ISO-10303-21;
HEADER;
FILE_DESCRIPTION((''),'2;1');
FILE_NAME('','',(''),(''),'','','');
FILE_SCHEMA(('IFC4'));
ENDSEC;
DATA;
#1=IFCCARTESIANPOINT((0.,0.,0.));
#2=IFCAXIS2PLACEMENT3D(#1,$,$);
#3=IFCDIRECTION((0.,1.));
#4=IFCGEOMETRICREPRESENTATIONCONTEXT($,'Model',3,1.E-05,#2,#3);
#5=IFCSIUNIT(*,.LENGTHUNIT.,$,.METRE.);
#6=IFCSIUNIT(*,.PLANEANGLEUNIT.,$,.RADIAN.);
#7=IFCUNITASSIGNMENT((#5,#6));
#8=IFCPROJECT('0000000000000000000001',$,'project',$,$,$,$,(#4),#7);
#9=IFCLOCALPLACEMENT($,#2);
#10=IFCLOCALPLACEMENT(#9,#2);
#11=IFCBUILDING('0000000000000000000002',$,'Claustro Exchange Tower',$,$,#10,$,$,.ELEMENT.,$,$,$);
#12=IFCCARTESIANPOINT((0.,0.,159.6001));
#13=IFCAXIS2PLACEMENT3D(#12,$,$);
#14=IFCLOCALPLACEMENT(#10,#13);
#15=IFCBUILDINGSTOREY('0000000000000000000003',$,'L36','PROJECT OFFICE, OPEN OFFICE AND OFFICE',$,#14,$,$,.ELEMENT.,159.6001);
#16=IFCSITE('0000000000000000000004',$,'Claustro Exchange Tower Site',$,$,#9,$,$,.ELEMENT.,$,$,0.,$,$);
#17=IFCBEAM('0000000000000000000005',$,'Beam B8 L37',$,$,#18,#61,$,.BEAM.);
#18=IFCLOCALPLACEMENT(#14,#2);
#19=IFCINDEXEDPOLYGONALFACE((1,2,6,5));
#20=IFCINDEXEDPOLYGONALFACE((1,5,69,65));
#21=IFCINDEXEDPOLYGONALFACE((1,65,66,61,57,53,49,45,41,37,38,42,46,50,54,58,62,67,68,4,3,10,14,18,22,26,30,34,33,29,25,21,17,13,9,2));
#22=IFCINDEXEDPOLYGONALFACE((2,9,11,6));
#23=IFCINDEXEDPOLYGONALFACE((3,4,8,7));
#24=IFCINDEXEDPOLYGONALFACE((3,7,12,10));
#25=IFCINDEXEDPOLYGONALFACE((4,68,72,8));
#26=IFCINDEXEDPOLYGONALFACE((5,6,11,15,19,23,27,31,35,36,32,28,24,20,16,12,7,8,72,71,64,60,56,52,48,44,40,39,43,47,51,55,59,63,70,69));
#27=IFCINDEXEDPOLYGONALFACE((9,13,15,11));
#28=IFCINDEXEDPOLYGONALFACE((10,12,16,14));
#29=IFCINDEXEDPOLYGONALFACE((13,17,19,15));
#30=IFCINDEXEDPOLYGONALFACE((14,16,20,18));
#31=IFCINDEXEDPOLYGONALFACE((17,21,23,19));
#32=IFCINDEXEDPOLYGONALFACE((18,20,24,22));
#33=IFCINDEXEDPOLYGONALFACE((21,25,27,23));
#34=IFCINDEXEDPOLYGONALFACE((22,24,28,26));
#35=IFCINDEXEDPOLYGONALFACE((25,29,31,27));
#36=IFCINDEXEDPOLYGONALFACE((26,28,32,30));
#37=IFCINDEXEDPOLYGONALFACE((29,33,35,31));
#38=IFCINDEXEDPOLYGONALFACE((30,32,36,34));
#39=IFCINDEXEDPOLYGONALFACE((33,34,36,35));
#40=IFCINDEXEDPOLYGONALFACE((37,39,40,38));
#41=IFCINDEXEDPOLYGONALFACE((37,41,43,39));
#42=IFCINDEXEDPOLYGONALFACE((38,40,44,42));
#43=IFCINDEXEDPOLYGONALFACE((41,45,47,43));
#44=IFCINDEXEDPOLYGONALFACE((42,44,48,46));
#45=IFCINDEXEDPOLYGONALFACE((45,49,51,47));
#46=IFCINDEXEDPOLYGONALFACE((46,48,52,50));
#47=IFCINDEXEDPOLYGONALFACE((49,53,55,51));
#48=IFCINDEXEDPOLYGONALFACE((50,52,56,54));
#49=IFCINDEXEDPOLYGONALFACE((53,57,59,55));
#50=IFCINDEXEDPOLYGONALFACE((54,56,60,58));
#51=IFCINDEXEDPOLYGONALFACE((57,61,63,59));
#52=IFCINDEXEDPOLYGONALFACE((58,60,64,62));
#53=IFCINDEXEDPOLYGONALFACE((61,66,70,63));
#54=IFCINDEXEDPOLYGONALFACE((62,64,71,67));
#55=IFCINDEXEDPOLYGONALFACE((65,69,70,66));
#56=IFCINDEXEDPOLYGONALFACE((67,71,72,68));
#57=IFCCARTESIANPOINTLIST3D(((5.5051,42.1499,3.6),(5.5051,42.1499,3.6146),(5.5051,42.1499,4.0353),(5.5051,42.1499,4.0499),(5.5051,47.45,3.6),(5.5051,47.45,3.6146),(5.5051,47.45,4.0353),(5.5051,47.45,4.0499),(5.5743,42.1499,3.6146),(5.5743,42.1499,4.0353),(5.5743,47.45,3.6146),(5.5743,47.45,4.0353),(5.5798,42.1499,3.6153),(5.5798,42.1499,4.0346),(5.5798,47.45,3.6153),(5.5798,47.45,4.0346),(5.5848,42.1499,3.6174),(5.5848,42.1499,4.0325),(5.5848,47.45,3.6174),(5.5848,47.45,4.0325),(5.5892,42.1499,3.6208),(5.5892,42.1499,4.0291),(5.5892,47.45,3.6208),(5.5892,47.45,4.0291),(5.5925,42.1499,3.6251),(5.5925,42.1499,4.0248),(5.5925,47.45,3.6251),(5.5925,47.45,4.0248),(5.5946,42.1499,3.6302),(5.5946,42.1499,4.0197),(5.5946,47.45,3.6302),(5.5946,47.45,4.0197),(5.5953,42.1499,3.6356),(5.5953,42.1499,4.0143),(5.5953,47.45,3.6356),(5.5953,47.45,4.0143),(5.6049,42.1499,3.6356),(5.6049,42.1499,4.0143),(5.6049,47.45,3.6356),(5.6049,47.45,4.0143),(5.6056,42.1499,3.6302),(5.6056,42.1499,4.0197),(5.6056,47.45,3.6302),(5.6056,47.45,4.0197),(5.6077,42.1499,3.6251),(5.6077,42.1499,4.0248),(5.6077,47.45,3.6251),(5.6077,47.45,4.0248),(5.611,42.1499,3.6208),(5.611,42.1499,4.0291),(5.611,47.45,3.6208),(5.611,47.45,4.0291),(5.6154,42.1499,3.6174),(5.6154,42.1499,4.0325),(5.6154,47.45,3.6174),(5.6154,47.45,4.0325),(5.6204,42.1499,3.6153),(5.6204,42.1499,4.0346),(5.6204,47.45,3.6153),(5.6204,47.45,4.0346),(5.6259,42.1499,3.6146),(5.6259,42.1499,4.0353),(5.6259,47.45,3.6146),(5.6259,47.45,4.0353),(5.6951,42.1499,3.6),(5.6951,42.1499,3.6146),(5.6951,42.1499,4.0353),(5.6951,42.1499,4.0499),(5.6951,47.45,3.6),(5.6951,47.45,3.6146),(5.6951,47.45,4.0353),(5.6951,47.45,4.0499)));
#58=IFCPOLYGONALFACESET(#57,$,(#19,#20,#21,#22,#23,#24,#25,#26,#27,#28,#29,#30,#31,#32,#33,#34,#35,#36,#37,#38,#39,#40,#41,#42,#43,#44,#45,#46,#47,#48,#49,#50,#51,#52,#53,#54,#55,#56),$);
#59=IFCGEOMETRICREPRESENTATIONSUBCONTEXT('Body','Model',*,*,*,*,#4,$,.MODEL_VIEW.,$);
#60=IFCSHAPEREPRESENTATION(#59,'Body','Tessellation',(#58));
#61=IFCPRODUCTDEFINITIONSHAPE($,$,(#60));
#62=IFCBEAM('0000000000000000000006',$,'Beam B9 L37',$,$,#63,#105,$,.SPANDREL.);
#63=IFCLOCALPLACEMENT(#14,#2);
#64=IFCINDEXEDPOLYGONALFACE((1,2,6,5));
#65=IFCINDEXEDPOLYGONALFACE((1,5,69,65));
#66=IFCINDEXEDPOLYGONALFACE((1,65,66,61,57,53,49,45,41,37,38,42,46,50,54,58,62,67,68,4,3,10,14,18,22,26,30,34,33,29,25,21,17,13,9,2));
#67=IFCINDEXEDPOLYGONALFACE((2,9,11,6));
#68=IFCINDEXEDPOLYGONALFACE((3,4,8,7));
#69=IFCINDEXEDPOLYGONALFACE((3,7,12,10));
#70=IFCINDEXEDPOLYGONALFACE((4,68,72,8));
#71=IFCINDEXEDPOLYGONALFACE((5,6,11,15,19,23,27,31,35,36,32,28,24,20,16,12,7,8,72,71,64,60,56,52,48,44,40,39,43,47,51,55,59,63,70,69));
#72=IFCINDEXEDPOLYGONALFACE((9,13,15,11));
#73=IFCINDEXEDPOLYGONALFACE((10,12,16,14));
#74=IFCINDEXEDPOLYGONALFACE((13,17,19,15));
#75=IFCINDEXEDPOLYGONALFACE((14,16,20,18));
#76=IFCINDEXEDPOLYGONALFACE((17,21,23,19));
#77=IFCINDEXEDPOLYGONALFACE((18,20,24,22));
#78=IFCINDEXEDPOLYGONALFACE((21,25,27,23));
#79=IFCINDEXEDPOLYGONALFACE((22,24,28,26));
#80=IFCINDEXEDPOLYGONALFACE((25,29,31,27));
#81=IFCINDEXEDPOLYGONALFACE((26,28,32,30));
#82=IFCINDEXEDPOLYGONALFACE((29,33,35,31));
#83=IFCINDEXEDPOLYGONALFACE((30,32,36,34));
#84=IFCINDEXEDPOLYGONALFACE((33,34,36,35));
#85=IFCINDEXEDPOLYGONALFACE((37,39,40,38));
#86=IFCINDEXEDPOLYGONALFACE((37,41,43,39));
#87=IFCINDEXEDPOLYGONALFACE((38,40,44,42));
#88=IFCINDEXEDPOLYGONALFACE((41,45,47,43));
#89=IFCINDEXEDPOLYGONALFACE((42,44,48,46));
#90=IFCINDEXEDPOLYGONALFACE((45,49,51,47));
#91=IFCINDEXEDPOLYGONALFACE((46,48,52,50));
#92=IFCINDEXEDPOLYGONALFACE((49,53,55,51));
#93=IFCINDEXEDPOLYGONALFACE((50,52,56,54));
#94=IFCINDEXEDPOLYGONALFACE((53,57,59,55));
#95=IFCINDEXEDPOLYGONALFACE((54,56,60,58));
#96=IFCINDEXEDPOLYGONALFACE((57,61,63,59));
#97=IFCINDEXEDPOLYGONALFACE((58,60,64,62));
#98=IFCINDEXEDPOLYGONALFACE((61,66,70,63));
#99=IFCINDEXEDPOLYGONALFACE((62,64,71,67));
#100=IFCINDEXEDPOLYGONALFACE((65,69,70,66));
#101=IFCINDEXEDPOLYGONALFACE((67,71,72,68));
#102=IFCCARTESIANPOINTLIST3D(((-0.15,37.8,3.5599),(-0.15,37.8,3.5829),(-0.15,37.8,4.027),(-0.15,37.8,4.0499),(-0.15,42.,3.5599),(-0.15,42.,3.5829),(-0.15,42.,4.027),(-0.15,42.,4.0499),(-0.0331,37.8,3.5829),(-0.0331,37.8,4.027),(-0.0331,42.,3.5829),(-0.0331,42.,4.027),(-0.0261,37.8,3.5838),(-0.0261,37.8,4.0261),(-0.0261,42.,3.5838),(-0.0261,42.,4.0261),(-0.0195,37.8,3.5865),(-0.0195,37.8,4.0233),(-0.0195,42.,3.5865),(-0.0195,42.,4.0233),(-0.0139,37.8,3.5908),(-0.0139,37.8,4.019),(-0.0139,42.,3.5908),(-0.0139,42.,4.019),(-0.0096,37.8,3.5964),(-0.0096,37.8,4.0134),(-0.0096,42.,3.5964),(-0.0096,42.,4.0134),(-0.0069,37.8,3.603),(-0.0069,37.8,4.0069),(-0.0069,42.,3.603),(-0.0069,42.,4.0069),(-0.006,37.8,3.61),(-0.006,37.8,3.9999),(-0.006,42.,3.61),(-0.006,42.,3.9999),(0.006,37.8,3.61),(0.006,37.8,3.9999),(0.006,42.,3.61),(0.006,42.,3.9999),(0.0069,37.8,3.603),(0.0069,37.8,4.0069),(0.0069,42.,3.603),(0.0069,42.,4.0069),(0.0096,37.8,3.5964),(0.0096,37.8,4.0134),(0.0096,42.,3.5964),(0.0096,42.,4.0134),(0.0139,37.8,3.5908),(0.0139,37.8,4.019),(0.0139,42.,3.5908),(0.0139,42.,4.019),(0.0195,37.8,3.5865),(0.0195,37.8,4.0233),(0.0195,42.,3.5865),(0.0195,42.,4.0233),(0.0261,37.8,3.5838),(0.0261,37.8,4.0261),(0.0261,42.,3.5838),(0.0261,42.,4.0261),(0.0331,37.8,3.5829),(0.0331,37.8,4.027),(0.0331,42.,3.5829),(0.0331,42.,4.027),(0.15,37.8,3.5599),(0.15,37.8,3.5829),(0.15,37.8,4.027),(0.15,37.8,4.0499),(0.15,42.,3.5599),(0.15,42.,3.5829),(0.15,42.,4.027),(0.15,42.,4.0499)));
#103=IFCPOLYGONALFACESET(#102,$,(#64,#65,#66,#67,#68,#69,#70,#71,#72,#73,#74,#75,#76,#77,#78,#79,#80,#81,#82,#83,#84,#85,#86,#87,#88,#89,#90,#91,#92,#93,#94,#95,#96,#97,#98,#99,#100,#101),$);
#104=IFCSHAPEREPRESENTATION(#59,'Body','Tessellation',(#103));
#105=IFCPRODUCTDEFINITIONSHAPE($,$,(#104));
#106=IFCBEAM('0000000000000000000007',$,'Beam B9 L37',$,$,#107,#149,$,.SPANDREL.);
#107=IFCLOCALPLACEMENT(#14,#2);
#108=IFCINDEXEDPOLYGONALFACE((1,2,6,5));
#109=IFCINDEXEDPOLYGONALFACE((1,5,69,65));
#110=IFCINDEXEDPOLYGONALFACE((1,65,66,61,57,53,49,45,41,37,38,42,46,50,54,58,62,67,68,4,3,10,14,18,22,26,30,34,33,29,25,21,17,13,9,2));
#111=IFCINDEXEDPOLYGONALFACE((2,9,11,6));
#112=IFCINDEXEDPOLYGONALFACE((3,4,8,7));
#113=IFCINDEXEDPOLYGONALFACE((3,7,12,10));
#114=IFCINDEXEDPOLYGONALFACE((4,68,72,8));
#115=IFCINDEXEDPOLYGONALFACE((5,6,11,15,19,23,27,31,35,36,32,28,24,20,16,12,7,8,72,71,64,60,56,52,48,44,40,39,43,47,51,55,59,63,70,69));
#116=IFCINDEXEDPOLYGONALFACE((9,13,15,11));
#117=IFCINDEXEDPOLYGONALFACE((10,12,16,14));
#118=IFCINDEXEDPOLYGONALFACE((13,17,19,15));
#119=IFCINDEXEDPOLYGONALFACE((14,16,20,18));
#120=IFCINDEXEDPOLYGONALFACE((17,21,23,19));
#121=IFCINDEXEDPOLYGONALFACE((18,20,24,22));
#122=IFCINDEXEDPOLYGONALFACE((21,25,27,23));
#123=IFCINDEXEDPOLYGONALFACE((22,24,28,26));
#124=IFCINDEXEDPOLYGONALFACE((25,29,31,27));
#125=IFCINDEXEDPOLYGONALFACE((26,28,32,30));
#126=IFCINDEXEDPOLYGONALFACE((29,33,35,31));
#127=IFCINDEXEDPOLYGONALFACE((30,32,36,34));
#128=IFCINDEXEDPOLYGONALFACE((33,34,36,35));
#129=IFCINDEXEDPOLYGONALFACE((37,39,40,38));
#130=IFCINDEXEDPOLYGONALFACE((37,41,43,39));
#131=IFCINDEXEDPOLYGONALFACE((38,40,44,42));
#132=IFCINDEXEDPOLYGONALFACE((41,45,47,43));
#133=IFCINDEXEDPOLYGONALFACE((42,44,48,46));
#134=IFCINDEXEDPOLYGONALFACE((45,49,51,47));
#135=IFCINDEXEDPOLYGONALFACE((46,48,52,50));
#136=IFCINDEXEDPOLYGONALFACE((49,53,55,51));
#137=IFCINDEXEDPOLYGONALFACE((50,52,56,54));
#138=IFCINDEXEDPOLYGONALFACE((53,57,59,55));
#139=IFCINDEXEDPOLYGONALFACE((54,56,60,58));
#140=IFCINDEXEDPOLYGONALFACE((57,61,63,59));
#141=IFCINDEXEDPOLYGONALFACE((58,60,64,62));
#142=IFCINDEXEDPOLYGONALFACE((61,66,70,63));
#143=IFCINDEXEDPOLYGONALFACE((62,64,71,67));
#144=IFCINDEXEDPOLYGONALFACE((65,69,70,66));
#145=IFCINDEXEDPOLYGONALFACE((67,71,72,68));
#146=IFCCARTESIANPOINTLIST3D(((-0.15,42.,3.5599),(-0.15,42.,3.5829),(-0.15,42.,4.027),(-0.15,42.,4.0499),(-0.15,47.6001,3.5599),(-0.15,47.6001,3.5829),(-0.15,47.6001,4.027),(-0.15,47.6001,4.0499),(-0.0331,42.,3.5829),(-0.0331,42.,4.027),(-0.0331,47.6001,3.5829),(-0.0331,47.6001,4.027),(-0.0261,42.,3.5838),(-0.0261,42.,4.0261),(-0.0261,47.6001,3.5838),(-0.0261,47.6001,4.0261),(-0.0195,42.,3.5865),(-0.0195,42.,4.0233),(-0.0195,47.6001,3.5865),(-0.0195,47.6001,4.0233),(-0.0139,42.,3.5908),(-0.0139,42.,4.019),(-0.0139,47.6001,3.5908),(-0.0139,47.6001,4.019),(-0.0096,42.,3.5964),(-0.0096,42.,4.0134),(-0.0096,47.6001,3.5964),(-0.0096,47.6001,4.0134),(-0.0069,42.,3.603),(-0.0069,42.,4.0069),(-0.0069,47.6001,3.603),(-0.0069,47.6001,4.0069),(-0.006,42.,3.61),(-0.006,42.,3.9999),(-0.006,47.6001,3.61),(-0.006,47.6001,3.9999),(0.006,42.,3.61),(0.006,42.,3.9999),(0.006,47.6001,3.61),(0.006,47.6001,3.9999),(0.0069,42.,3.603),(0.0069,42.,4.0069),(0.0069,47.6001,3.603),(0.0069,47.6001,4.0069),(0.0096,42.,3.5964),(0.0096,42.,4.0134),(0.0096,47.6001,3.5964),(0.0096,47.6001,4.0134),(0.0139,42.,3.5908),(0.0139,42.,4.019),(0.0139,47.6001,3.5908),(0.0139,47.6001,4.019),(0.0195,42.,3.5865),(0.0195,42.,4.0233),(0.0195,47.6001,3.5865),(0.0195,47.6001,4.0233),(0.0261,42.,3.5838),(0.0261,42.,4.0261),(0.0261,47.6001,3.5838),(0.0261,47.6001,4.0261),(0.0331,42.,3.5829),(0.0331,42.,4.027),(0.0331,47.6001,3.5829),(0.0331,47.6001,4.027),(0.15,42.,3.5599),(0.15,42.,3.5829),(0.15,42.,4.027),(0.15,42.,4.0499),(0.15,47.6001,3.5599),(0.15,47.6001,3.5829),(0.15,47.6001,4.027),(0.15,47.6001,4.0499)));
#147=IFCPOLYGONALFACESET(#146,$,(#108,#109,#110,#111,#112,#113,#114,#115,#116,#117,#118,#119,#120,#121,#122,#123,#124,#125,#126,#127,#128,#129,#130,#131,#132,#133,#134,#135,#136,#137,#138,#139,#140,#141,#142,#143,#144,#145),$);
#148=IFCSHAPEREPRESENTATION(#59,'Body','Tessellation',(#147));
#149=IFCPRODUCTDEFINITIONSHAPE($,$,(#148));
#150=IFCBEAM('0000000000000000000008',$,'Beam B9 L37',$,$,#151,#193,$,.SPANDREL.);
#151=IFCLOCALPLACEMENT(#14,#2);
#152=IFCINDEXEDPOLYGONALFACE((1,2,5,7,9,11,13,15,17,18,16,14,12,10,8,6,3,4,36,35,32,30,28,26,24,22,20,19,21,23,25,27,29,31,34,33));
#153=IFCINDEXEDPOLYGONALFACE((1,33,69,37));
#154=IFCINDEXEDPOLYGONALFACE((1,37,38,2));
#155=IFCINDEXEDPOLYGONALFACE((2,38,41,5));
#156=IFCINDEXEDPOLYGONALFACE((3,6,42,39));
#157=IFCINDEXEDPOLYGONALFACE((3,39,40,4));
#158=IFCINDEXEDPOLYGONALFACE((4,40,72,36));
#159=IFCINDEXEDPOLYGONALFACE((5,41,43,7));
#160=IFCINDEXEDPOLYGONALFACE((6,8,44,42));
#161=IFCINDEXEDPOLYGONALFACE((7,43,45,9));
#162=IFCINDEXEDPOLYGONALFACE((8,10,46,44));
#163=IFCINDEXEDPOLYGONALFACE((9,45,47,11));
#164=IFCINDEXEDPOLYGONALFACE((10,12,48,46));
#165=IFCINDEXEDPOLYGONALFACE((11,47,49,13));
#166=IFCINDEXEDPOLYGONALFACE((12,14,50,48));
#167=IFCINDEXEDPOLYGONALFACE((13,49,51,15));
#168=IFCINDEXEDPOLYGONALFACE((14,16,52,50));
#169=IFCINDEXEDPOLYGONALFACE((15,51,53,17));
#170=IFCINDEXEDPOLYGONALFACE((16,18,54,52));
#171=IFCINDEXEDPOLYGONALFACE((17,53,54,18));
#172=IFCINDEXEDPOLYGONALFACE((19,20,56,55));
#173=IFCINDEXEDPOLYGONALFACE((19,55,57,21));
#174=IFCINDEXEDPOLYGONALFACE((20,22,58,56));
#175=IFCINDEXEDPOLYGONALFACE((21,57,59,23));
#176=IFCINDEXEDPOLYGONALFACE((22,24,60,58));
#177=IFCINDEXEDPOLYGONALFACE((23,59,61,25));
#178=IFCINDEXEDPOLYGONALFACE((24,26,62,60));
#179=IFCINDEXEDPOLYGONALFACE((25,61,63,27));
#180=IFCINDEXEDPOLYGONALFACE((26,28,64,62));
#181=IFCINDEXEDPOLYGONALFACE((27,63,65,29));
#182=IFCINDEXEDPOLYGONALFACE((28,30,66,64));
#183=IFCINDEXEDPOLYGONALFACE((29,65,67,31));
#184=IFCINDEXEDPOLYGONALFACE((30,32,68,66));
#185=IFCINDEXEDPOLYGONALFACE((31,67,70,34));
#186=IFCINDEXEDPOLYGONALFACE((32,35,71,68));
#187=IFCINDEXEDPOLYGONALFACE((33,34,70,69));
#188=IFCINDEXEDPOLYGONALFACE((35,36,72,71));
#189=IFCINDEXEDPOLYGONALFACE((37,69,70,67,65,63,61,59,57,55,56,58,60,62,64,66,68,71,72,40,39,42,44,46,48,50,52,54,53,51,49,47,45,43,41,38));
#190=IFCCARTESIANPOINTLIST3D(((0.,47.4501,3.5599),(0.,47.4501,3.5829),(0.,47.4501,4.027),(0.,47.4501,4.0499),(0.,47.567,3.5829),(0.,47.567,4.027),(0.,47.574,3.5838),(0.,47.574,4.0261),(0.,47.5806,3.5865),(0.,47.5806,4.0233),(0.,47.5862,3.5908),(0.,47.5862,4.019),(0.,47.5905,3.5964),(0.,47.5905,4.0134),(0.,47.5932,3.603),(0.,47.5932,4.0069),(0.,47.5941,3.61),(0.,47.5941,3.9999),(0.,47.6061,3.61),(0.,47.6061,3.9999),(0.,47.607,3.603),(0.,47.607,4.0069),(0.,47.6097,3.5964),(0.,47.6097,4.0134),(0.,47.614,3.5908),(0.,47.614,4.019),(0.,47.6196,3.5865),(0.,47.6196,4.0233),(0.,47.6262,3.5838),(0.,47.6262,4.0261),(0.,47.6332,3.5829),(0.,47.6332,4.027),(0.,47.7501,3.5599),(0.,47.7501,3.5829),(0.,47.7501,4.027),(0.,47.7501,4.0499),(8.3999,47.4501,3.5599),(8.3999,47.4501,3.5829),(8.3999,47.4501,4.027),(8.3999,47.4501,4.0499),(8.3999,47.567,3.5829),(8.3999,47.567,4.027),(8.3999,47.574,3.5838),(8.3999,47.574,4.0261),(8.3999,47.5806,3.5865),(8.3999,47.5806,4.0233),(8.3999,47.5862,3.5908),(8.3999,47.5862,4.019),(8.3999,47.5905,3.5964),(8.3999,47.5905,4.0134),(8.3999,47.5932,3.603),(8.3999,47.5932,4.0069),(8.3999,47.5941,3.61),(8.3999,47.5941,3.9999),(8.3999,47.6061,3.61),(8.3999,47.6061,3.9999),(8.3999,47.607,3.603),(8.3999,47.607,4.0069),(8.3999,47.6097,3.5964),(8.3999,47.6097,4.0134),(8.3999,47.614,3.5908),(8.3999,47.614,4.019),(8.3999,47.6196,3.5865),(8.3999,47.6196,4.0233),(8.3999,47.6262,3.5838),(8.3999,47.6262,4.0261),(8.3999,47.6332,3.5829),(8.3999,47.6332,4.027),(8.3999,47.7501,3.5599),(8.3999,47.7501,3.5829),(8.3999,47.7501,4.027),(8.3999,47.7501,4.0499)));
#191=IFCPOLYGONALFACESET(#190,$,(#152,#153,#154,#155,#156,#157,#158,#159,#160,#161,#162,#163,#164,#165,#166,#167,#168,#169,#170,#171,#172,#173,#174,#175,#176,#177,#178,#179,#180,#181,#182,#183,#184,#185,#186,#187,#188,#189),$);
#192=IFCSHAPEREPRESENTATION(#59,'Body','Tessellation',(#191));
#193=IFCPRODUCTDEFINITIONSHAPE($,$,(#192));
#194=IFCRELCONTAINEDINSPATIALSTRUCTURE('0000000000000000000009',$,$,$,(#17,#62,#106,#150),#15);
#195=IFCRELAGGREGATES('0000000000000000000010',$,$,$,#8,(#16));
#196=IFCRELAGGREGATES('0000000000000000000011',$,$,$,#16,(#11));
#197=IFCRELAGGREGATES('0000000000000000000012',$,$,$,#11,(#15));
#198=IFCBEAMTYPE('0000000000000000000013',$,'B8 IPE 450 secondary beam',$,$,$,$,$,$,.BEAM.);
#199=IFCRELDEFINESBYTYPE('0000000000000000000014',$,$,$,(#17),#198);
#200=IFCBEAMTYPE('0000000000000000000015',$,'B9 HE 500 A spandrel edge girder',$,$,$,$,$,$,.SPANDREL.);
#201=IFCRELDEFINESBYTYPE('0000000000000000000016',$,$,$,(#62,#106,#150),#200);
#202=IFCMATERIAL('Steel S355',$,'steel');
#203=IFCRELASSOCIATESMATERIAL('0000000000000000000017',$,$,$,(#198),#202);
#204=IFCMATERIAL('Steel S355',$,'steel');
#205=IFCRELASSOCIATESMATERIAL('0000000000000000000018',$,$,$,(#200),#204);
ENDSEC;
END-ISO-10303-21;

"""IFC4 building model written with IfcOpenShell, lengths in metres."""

from ifc_helpers import new_model, si_unit, direction, frame, origin, origin_2d, place, context, subcontext, project, spatial, i_section, extrude, material, material_profile, profile_set, type_object, element, save


model = new_model("IFC4")

# Units and contexts
model_context = context("Model", 3, precision=1e-05, world=origin(), true_north=direction((0.0, 1.0)))
body_context = subcontext(model_context, "Body", "Model", "MODEL_VIEW")
ifc_project = project(units=[si_unit("LENGTHUNIT", "METRE"), si_unit("PLANEANGLEUNIT", "RADIAN")], contexts=[model_context])

# Site, building, storey
site_placement = place(None, origin())
site = spatial("IfcSite", under=ifc_project, at=site_placement, Name="Claustro Exchange Tower Site", CompositionType="ELEMENT", RefElevation=0.0)
building_placement = place(site_placement, origin())
building = spatial("IfcBuilding", under=site, at=building_placement, Name="Claustro Exchange Tower", CompositionType="ELEMENT")
storey_placement = place(building_placement, frame((0.0, 0.0, 159.6001)))
storey = spatial("IfcBuildingStorey", under=building, at=storey_placement, Name="L36", Description="PROJECT OFFICE, OPEN OFFICE AND OFFICE", CompositionType="ELEMENT", Elevation=159.6001)

# Beams
ifc_material_1 = material(Name="Steel S355", Category="steel")
ifc_material_profile_1 = material_profile(ifc_material_1, i_section(OverallWidth=0.1899, OverallDepth=0.45, WebThickness=0.0095, FlangeThickness=0.0146, FilletRadius=0.021, at=origin_2d()), Name="IPE 450")
ifc_profile_set_1 = profile_set([ifc_material_profile_1], Name="Steel S355")
beam_type_1 = type_object("IfcBeamType", Name="B8 IPE 450 secondary beam", PredefinedType="BEAM", material=ifc_profile_set_1)
for number, where, z_axis, x_axis, name in (
    (1, (5.6001, 42.1499, 3.825), (0.0, 1.0, 0.0), (-1.0, 0.0, 0.0), "Beam B8 L37"),
):
    element("IfcBeam", number, at=place(storey_placement, frame(where, z_axis=z_axis, x_axis=x_axis)), inside=storey, type_object=beam_type_1, Name=name, PredefinedType="BEAM", context=body_context, shape_type="SweptSolid", body=[
        extrude(i_section(OverallWidth=0.1899, OverallDepth=0.45, WebThickness=0.0095, FlangeThickness=0.0146, FilletRadius=0.021, at=origin_2d()), origin(), (0.0, 0.0, 1.0), 5.3),
    ])
ifc_material_2 = material(Name="Steel S355", Category="steel")
ifc_material_profile_2 = material_profile(ifc_material_2, i_section(OverallWidth=0.3, OverallDepth=0.49, WebThickness=0.012, FlangeThickness=0.0229, FilletRadius=0.0271, at=origin_2d()), Name="HE 500 A")
ifc_profile_set_2 = profile_set([ifc_material_profile_2], Name="Steel S355")
beam_type_2 = type_object("IfcBeamType", Name="B9 HE 500 A spandrel edge girder", PredefinedType="SPANDREL", material=ifc_profile_set_2)
beam_1_placement = place(storey_placement, frame((0.0, 37.8, 3.8049), z_axis=(0.0, 1.0, 0.0), x_axis=(-1.0, 0.0, 0.0)))
element("IfcBeam", 2, at=beam_1_placement, inside=storey, type_object=beam_type_2, Name="Beam B9 L37", PredefinedType="SPANDREL", context=body_context, shape_type="SweptSolid", body=[
    extrude(i_section(OverallWidth=0.3, OverallDepth=0.49, WebThickness=0.012, FlangeThickness=0.0229, FilletRadius=0.0271, at=origin_2d()), origin(), (0.0, 0.0, 1.0), 4.2),
])
beam_2_placement = place(storey_placement, frame((0.0, 42.0, 3.8049), z_axis=(0.0, 1.0, 0.0), x_axis=(-1.0, 0.0, 0.0)))
element("IfcBeam", 3, at=beam_2_placement, inside=storey, type_object=beam_type_2, Name="Beam B9 L37", PredefinedType="SPANDREL", context=body_context, shape_type="SweptSolid", body=[
    extrude(i_section(OverallWidth=0.3, OverallDepth=0.49, WebThickness=0.012, FlangeThickness=0.0229, FilletRadius=0.0271, at=origin_2d()), origin(), (0.0, 0.0, 1.0), 5.6001),
])
beam_3_placement = place(storey_placement, frame((0.0, 47.6001, 3.8049), z_axis=(1.0, 0.0, 0.0), x_axis=(0.0, 1.0, 0.0)))
element("IfcBeam", 4, at=beam_3_placement, inside=storey, type_object=beam_type_2, Name="Beam B9 L37", PredefinedType="SPANDREL", context=body_context, shape_type="SweptSolid", body=[
    extrude(i_section(OverallWidth=0.3, OverallDepth=0.49, WebThickness=0.012, FlangeThickness=0.0229, FilletRadius=0.0271, at=origin_2d()), origin(), (0.0, 0.0, 1.0), 8.3999),
])

save(model, "model.ifc")
